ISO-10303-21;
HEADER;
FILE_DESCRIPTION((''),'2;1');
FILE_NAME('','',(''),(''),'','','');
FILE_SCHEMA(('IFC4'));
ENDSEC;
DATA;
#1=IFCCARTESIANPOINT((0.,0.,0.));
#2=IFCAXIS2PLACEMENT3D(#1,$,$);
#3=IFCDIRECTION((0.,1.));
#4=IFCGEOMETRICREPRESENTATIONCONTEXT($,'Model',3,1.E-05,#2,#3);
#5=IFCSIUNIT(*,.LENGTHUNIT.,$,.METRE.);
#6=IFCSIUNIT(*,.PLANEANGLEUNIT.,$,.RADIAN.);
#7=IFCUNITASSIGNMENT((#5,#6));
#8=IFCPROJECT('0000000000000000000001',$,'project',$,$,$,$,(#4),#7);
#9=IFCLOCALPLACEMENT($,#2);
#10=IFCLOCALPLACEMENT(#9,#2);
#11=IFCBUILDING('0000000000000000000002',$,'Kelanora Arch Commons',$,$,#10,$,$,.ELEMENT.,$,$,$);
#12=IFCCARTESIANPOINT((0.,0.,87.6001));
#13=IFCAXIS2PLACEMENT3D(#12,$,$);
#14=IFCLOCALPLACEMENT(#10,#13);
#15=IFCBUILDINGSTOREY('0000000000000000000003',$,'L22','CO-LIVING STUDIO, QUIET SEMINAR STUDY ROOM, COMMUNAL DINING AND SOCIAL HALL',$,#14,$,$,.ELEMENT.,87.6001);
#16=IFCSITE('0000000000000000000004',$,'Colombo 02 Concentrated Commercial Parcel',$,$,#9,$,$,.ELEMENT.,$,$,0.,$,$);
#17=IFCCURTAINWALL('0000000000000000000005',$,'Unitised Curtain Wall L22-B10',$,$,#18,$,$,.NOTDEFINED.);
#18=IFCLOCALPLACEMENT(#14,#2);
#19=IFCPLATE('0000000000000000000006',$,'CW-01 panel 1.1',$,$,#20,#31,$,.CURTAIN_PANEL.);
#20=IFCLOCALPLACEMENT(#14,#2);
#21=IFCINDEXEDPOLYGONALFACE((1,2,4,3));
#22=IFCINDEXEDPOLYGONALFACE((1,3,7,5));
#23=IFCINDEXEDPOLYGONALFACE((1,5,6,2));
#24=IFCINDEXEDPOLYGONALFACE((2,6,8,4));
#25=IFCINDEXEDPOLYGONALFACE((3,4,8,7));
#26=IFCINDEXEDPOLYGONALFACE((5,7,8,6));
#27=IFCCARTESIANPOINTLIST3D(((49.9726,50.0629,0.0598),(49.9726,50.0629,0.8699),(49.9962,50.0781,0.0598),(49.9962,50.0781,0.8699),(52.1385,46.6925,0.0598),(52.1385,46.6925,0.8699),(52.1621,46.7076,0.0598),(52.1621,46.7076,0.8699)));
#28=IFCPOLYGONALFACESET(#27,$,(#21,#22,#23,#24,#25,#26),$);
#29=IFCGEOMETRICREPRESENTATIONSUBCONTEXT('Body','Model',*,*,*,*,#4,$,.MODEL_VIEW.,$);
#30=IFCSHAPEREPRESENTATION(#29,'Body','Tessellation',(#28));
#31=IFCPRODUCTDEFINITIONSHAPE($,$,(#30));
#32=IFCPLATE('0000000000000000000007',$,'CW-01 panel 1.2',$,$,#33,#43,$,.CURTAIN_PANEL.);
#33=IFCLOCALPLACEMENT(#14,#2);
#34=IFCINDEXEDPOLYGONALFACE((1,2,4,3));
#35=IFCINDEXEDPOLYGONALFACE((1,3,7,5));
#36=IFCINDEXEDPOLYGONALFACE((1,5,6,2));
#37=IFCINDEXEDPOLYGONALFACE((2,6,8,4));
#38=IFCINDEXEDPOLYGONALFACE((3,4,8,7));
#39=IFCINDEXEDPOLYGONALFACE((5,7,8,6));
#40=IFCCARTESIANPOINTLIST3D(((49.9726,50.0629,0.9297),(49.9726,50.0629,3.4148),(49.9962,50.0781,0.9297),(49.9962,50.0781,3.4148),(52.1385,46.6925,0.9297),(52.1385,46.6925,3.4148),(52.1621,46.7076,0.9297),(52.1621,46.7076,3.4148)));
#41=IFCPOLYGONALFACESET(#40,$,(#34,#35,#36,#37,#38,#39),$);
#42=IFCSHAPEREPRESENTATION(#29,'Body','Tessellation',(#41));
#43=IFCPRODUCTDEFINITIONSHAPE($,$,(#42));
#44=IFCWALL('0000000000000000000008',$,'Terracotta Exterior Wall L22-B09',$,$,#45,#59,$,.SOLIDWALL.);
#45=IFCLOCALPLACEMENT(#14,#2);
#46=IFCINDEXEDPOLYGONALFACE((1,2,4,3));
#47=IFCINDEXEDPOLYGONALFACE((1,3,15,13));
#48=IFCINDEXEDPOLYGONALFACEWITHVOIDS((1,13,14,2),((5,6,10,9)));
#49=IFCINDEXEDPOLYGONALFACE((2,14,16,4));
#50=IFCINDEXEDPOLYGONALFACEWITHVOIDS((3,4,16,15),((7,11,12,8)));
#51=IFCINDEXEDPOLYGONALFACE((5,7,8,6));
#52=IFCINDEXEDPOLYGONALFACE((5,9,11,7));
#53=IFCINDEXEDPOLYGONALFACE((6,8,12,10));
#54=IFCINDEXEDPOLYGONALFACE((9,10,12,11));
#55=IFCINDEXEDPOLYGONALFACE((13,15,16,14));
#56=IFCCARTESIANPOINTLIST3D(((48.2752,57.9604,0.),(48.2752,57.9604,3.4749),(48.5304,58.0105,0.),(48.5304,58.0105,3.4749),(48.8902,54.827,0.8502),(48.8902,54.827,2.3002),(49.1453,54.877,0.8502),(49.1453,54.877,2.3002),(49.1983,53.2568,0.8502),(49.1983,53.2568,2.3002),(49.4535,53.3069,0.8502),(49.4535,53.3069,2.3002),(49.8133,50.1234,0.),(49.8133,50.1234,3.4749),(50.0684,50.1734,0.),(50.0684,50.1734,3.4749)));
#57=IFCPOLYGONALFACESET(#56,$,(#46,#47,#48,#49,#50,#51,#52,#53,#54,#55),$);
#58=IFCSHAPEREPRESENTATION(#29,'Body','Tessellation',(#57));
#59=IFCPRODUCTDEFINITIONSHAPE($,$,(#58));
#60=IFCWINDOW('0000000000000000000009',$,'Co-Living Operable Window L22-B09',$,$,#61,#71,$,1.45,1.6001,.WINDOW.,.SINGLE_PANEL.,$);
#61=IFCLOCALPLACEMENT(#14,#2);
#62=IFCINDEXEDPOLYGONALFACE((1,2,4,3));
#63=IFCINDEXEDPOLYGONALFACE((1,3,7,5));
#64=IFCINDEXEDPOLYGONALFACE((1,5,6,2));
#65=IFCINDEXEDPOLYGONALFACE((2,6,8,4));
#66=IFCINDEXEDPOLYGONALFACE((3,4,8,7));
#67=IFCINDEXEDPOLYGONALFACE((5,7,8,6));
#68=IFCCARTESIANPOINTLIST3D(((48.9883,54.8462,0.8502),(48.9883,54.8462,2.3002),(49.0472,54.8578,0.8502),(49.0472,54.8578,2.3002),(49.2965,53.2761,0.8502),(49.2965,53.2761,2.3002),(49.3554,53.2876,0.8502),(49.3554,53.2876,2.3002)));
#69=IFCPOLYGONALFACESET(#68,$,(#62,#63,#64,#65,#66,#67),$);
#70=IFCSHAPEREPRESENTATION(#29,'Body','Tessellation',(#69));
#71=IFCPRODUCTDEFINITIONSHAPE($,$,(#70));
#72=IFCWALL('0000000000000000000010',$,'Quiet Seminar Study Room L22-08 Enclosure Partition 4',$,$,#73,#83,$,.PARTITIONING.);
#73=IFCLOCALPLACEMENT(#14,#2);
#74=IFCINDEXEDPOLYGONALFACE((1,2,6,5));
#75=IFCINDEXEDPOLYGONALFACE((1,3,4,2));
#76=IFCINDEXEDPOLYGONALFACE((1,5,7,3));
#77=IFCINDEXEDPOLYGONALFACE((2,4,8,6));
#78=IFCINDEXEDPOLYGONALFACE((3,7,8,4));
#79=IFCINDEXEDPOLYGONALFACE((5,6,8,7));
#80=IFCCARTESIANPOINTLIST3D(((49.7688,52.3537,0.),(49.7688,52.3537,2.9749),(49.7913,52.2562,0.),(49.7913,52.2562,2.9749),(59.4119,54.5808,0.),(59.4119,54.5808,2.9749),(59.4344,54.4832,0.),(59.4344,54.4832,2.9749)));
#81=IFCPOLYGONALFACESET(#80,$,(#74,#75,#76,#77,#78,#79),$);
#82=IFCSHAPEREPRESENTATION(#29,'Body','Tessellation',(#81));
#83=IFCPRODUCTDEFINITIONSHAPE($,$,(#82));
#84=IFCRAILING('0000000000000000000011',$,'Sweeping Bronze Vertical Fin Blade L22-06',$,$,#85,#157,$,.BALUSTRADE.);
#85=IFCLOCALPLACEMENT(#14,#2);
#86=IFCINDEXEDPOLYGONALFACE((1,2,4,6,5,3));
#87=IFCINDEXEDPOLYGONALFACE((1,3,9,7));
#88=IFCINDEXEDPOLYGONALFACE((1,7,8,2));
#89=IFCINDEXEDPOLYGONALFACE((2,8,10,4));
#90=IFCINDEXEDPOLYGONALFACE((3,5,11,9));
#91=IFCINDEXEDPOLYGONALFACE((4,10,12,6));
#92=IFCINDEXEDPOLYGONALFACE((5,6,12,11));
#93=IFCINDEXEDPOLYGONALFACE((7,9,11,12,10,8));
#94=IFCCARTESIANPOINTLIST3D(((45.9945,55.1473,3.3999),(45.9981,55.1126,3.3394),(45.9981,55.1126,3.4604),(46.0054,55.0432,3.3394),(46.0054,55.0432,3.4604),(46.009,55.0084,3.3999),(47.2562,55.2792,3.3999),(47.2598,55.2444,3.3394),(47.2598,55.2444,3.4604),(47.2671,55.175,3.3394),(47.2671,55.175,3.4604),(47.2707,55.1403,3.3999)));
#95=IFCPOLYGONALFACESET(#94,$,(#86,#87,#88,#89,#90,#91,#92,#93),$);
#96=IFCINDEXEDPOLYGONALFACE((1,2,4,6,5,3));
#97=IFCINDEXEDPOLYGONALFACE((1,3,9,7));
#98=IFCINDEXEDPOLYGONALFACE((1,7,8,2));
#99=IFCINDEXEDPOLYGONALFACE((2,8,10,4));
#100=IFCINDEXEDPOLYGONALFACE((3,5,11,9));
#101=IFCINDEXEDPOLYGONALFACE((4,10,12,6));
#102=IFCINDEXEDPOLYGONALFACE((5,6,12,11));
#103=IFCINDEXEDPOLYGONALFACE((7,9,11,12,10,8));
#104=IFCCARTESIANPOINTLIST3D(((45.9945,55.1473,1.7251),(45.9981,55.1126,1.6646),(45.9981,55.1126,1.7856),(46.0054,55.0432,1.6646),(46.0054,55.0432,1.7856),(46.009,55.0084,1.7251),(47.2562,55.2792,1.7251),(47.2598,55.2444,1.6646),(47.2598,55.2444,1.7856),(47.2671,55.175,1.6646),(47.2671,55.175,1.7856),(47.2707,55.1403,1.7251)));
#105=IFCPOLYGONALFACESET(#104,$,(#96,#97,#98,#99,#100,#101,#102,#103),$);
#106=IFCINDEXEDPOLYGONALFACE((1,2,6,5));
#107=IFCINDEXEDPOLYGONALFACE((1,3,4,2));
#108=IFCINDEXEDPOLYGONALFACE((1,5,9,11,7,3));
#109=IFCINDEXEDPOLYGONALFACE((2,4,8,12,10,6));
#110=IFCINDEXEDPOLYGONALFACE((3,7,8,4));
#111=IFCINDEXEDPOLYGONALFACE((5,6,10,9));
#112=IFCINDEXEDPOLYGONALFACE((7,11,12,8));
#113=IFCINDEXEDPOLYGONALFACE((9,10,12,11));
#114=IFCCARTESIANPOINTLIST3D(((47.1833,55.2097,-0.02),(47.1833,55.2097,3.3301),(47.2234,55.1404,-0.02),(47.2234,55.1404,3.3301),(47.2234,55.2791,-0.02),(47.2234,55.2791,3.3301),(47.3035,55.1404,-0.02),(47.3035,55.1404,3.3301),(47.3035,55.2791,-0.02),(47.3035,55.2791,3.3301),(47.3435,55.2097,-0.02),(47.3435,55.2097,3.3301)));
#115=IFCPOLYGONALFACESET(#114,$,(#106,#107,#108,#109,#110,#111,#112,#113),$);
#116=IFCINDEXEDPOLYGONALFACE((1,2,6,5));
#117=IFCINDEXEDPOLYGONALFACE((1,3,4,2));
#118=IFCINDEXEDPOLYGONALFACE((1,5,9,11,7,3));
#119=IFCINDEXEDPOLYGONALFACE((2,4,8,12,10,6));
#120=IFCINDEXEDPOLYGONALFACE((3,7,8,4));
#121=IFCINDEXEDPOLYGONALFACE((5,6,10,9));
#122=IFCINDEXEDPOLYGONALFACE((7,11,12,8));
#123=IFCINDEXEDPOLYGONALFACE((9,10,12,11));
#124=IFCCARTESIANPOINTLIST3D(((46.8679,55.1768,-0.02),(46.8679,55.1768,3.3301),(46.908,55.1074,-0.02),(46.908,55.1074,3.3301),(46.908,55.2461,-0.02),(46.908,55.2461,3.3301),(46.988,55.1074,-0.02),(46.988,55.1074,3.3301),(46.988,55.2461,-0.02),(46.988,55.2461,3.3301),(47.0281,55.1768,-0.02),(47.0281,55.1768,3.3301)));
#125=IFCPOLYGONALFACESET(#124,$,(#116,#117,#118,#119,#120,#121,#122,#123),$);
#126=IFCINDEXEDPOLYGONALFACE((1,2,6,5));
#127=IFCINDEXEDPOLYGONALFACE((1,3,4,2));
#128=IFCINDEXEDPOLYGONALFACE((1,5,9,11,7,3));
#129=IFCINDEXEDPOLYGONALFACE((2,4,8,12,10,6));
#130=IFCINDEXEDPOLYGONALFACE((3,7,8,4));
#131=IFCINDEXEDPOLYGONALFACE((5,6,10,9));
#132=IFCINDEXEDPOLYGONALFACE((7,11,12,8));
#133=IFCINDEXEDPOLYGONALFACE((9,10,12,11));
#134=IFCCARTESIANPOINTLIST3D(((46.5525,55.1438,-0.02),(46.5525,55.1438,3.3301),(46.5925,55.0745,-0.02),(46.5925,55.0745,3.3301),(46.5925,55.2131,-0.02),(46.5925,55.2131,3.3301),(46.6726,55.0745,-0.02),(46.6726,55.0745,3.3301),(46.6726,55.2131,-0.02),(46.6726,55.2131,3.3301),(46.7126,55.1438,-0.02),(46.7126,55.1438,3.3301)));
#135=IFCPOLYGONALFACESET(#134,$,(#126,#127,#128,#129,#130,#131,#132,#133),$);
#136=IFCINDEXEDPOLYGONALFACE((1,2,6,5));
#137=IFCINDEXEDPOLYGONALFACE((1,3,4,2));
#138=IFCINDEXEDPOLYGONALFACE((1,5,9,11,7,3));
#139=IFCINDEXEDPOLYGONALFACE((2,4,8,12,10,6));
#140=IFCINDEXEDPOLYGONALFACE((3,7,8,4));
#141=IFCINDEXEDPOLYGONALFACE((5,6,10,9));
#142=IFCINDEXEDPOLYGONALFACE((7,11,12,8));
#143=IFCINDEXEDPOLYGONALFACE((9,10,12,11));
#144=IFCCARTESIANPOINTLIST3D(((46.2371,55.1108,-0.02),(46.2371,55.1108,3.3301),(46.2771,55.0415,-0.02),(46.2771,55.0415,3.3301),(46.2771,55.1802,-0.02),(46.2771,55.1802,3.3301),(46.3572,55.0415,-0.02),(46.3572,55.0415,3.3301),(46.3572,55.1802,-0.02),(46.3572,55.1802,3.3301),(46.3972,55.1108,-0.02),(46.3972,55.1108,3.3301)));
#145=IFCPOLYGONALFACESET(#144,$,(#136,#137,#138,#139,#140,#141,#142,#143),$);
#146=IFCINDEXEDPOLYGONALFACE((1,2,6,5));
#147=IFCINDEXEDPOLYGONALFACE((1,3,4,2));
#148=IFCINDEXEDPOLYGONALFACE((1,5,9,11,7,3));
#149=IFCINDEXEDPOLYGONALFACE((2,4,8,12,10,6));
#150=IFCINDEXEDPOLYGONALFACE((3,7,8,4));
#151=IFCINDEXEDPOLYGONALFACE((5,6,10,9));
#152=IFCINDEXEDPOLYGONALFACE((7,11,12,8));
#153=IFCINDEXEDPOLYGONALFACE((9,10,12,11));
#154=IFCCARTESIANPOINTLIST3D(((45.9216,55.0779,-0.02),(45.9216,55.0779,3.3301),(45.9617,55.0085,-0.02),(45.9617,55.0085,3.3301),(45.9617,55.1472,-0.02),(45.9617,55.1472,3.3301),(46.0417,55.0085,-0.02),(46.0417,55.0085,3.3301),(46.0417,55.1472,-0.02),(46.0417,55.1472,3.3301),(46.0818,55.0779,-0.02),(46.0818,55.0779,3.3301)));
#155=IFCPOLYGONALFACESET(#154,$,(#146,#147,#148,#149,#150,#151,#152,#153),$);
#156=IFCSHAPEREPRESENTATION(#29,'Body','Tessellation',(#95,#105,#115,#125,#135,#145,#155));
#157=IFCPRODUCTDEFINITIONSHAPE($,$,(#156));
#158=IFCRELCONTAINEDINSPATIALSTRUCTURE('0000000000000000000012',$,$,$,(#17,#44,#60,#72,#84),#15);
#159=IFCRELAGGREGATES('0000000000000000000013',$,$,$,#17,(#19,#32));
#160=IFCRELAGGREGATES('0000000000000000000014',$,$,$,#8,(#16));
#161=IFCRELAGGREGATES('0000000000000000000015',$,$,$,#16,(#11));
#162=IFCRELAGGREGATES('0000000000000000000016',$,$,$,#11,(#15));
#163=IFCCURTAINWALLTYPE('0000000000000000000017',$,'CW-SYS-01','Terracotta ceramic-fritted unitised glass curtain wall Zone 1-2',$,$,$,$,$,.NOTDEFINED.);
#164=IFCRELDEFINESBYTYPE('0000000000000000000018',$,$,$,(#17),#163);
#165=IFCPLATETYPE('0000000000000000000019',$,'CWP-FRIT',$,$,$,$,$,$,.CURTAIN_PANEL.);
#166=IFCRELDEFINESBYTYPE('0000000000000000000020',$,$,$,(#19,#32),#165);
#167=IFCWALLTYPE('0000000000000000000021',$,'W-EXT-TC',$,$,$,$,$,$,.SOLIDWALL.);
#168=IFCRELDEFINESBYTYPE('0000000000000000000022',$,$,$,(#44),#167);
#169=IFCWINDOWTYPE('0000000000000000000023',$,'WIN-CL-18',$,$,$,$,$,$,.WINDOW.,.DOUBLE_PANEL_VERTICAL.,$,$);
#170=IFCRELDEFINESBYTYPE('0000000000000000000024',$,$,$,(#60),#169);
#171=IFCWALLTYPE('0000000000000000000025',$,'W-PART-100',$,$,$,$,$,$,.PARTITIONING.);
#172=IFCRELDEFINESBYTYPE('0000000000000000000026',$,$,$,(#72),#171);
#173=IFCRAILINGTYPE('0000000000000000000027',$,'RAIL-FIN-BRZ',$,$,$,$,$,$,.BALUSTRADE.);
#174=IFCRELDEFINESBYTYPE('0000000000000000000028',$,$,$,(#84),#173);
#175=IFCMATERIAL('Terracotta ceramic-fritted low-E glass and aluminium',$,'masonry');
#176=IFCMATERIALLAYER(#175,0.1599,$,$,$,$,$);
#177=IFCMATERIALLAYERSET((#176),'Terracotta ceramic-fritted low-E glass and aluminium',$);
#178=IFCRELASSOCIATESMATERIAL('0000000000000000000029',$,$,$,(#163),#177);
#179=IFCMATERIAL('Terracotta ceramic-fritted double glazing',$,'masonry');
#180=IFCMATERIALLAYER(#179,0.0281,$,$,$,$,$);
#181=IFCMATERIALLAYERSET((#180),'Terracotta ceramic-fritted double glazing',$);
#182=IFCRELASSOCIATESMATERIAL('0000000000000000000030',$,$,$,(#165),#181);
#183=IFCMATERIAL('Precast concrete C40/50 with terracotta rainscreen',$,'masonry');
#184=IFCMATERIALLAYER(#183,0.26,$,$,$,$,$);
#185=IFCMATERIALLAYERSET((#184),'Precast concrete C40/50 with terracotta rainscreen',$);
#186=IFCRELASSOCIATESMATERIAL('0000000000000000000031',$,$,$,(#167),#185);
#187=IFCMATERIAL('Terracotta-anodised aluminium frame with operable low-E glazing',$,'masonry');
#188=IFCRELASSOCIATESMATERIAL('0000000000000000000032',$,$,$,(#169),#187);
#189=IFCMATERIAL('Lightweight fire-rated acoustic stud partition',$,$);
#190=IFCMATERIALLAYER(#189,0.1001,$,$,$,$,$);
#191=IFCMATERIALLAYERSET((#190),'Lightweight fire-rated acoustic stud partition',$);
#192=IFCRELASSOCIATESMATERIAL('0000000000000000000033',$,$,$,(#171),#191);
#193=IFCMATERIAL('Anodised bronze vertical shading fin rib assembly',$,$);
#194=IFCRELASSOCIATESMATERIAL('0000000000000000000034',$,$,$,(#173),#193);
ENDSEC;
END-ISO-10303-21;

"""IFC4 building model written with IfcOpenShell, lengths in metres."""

from ifc_helpers import new_model, si_unit, direction, frame, frame_2d, origin, origin_2d, place, context, subcontext, project, spatial, polyline, rectangle, outline, extrude, source, transform, mapped, material, layer, layer_set, type_object, element, fill, aggregate, save


model = new_model("IFC4")

# Units and contexts
model_context = context("Model", 3, precision=1e-05, world=origin(), true_north=direction((0.0, 1.0)))
body_context = subcontext(model_context, "Body", "Model", "MODEL_VIEW")
ifc_project = project(units=[si_unit("LENGTHUNIT", "METRE"), si_unit("PLANEANGLEUNIT", "RADIAN")], contexts=[model_context])

# Site, building, storey
site_placement = place(None, origin())
site = spatial("IfcSite", under=ifc_project, at=site_placement, Name="Colombo 02 Concentrated Commercial Parcel", CompositionType="ELEMENT", RefElevation=0.0)
building_placement = place(site_placement, origin())
building = spatial("IfcBuilding", under=site, at=building_placement, Name="Kelanora Arch Commons", CompositionType="ELEMENT")
storey_placement = place(building_placement, frame((0.0, 0.0, 87.6001)))
storey = spatial("IfcBuildingStorey", under=building, at=storey_placement, Name="L22", Description="CO-LIVING STUDIO, QUIET SEMINAR STUDY ROOM, COMMUNAL DINING AND SOCIAL HALL", CompositionType="ELEMENT", Elevation=87.6001)

# Shared definitions
ifc_material_1 = material(Name="Terracotta ceramic-fritted low-E glass and aluminium", Category="masonry")
ifc_layer_1 = layer(ifc_material_1, 0.1599)
ifc_layer_set_1 = layer_set([ifc_layer_1], Name="Terracotta ceramic-fritted low-E glass and aluminium")
curtain_wall_type = type_object("IfcCurtainWallType", Name="CW-SYS-01", Description="Terracotta ceramic-fritted unitised glass curtain wall Zone 1-2", PredefinedType="NOTDEFINED", material=ifc_layer_set_1)

# Curtain wall
curtain_wall_1_placement = place(storey_placement, origin())
curtain_wall_1 = element("IfcCurtainWall", 1, at=curtain_wall_1_placement, inside=storey, type_object=curtain_wall_type, Name="Unitised Curtain Wall L22-B10", PredefinedType="NOTDEFINED")

# Plates
ifc_material_2 = material(Name="Terracotta ceramic-fritted double glazing", Category="masonry")
ifc_layer_2 = layer(ifc_material_2, 0.0281)
ifc_layer_set_2 = layer_set([ifc_layer_2], Name="Terracotta ceramic-fritted double glazing")
plate_type = type_object("IfcPlateType", Name="CWP-FRIT", PredefinedType="CURTAIN_PANEL", material=ifc_layer_set_2)
shared_shape_1 = source(origin(), body_context, "Body", "SweptSolid", [
    extrude(rectangle(XDim=4.0063, YDim=0.0281, at=origin_2d()), origin(), (0.0, 0.0, 1.0), 0.8101),
])
plate_1_placement = place(storey_placement, frame((51.0674, 48.3853, 0.0598), z_axis=(0.0, 0.0, 1.0), x_axis=(0.540617, -0.841269, 0.0)))
plate_1 = element("IfcPlate", 2, at=plate_1_placement, type_object=plate_type, Name="CW-01 panel 1.1", PredefinedType="CURTAIN_PANEL", context=body_context, shape_type="MappedRepresentation", body=[
    mapped(shared_shape_1, transform((0.0, 0.0, 0.0), scale=1.0)),
])
shared_shape_2 = source(origin(), body_context, "Body", "SweptSolid", [
    extrude(rectangle(XDim=4.0063, YDim=0.0281, at=origin_2d()), origin(), (0.0, 0.0, 1.0), 2.4851),
])
plate_2_placement = place(storey_placement, frame((51.0674, 48.3853, 0.9297), z_axis=(0.0, 0.0, 1.0), x_axis=(0.540617, -0.841269, 0.0)))
plate_2 = element("IfcPlate", 3, at=plate_2_placement, type_object=plate_type, Name="CW-01 panel 1.2", PredefinedType="CURTAIN_PANEL", context=body_context, shape_type="MappedRepresentation", body=[
    mapped(shared_shape_2, transform((0.0, 0.0, 0.0), scale=1.0)),
])
aggregate(curtain_wall_1, [plate_1, plate_2])

# Wall, opening, window
ifc_material_3 = material(Name="Precast concrete C40/50 with terracotta rainscreen", Category="masonry")
ifc_layer_3 = layer(ifc_material_3, 0.26)
ifc_layer_set_3 = layer_set([ifc_layer_3], Name="Precast concrete C40/50 with terracotta rainscreen")
wall_type_1 = type_object("IfcWallType", Name="W-EXT-TC", PredefinedType="SOLIDWALL", material=ifc_layer_set_3)
wall_1_placement = place(storey_placement, frame((48.4028, 57.9854, 0.0), z_axis=(0.0, 0.0, 1.0), x_axis=(0.192582, -0.981281, 0.0)))
wall_1 = element("IfcWall", 4, at=wall_1_placement, inside=storey, type_object=wall_type_1, Name="Terracotta Exterior Wall L22-B09", PredefinedType="SOLIDWALL", context=body_context, shape_type="SweptSolid", body=[
    extrude(rectangle(XDim=7.9866, YDim=0.26, at=frame_2d((3.9932, 0.0))), origin(), (0.0, 0.0, 1.0), 3.4749),
])
opening_placement = place(wall_1_placement, frame((3.1931, 0.0, 0.8501)))
opening = element("IfcOpeningElement", 5, at=opening_placement, cuts=wall_1, PredefinedType="OPENING", context=body_context, shape_type="SweptSolid", body=[
    extrude(rectangle(XDim=1.6001, YDim=1.45, at=frame_2d((0.8, 0.7251))), frame((0.0, 0.1401, 0.0), z_axis=(0.0, -1.0, 0.0), x_axis=(1.0, 0.0, 0.0)), (0.0, 0.0, 1.0), 0.28),
])
ifc_material_4 = material(Name="Terracotta-anodised aluminium frame with operable low-E glazing", Category="masonry")
window_type = type_object("IfcWindowType", Name="WIN-CL-18", PartitioningType="DOUBLE_PANEL_VERTICAL", PredefinedType="WINDOW", material=ifc_material_4)
window_placement = place(opening_placement, origin())
window = element("IfcWindow", 6, at=window_placement, inside=storey, type_object=window_type, Name="Co-Living Operable Window L22-B09", OverallHeight=1.45, OverallWidth=1.6001, PartitioningType="SINGLE_PANEL", PredefinedType="WINDOW", context=body_context, shape_type="SweptSolid", body=[
    extrude(rectangle(XDim=1.6001, YDim=1.45, at=frame_2d((0.8, 0.7251))), frame((0.0, 0.03, 0.0), z_axis=(0.0, -1.0, 0.0), x_axis=(1.0, 0.0, 0.0)), (0.0, 0.0, 1.0), 0.0601),
])
fill(opening, window)

# Wall
ifc_material_5 = material(Name="Lightweight fire-rated acoustic stud partition")
ifc_layer_4 = layer(ifc_material_5, 0.1001)
ifc_layer_set_4 = layer_set([ifc_layer_4], Name="Lightweight fire-rated acoustic stud partition")
wall_type_2 = type_object("IfcWallType", Name="W-PART-100", PredefinedType="PARTITIONING", material=ifc_layer_set_4)
wall_2_placement = place(storey_placement, frame((49.78, 52.3049, 0.0), z_axis=(0.0, 0.0, 1.0), x_axis=(0.974353, 0.225025, 0.0)))
element("IfcWall", 7, at=wall_2_placement, inside=storey, type_object=wall_type_2, Name="Quiet Seminar Study Room L22-08 Enclosure Partition 4", PredefinedType="PARTITIONING", context=body_context, shape_type="SweptSolid", body=[
    extrude(rectangle(XDim=9.897, YDim=0.1001, at=frame_2d((4.9485, 0.0))), origin(), (0.0, 0.0, 1.0), 2.9749),
])

# Railing
ifc_material_6 = material(Name="Anodised bronze vertical shading fin rib assembly")
railing_type = type_object("IfcRailingType", Name="RAIL-FIN-BRZ", PredefinedType="BALUSTRADE", material=ifc_material_6)
railing_1_placement = place(storey_placement, frame((47.2634, 55.2097, -0.02)))
element("IfcRailing", 8, at=railing_1_placement, inside=storey, type_object=railing_type, Name="Sweeping Bronze Vertical Fin Blade L22-06", PredefinedType="BALUSTRADE", context=body_context, shape_type="SweptSolid", body=[
    extrude(outline(polyline([(0.0698, 0.0), (0.0349, 0.0605), (-0.0349, 0.0605), (-0.0698, 0.0), (-0.0349, -0.0605), (0.0349, -0.0605), (0.0698, 0.0)])), frame((0.0, 0.0, 3.4199), z_axis=(-0.994585, -0.103923, 0.0), x_axis=(0.103923, -0.994585, 0.0)), (0.0, 0.0, 1.0), 1.2686),
    extrude(outline(polyline([(0.0698, 0.0), (0.0349, 0.0605), (-0.0349, 0.0605), (-0.0698, 0.0), (-0.0349, -0.0605), (0.0349, -0.0605), (0.0698, 0.0)])), frame((0.0, 0.0, 1.7451), z_axis=(-0.994585, -0.103923, 0.0), x_axis=(0.103923, -0.994585, 0.0)), (0.0, 0.0, 1.0), 1.2686),
    extrude(outline(polyline([(0.0801, 0.0), (0.04, 0.0693), (-0.04, 0.0693), (-0.0801, 0.0), (-0.04, -0.0693), (0.04, -0.0693), (0.0801, 0.0)])), origin(), (0.0, 0.0, 1.0), 3.3501),
    extrude(outline(polyline([(0.0801, 0.0), (0.04, 0.0693), (-0.04, 0.0693), (-0.0801, 0.0), (-0.04, -0.0693), (0.04, -0.0693), (0.0801, 0.0)])), frame((-0.3154, -0.033, 0.0)), (0.0, 0.0, 1.0), 3.3501),
    extrude(outline(polyline([(0.0801, 0.0), (0.04, 0.0693), (-0.04, 0.0693), (-0.0801, 0.0), (-0.04, -0.0693), (0.04, -0.0693), (0.0801, 0.0)])), frame((-0.6309, -0.0659, 0.0)), (0.0, 0.0, 1.0), 3.3501),
    extrude(outline(polyline([(0.0801, 0.0), (0.04, 0.0693), (-0.04, 0.0693), (-0.0801, 0.0), (-0.04, -0.0693), (0.04, -0.0693), (0.0801, 0.0)])), frame((-0.9463, -0.0989, 0.0)), (0.0, 0.0, 1.0), 3.3501),
    extrude(outline(polyline([(0.0801, 0.0), (0.04, 0.0693), (-0.04, 0.0693), (-0.0801, 0.0), (-0.04, -0.0693), (0.04, -0.0693), (0.0801, 0.0)])), frame((-1.2617, -0.1318, 0.0)), (0.0, 0.0, 1.0), 3.3501),
])

save(model, "model.ifc")
